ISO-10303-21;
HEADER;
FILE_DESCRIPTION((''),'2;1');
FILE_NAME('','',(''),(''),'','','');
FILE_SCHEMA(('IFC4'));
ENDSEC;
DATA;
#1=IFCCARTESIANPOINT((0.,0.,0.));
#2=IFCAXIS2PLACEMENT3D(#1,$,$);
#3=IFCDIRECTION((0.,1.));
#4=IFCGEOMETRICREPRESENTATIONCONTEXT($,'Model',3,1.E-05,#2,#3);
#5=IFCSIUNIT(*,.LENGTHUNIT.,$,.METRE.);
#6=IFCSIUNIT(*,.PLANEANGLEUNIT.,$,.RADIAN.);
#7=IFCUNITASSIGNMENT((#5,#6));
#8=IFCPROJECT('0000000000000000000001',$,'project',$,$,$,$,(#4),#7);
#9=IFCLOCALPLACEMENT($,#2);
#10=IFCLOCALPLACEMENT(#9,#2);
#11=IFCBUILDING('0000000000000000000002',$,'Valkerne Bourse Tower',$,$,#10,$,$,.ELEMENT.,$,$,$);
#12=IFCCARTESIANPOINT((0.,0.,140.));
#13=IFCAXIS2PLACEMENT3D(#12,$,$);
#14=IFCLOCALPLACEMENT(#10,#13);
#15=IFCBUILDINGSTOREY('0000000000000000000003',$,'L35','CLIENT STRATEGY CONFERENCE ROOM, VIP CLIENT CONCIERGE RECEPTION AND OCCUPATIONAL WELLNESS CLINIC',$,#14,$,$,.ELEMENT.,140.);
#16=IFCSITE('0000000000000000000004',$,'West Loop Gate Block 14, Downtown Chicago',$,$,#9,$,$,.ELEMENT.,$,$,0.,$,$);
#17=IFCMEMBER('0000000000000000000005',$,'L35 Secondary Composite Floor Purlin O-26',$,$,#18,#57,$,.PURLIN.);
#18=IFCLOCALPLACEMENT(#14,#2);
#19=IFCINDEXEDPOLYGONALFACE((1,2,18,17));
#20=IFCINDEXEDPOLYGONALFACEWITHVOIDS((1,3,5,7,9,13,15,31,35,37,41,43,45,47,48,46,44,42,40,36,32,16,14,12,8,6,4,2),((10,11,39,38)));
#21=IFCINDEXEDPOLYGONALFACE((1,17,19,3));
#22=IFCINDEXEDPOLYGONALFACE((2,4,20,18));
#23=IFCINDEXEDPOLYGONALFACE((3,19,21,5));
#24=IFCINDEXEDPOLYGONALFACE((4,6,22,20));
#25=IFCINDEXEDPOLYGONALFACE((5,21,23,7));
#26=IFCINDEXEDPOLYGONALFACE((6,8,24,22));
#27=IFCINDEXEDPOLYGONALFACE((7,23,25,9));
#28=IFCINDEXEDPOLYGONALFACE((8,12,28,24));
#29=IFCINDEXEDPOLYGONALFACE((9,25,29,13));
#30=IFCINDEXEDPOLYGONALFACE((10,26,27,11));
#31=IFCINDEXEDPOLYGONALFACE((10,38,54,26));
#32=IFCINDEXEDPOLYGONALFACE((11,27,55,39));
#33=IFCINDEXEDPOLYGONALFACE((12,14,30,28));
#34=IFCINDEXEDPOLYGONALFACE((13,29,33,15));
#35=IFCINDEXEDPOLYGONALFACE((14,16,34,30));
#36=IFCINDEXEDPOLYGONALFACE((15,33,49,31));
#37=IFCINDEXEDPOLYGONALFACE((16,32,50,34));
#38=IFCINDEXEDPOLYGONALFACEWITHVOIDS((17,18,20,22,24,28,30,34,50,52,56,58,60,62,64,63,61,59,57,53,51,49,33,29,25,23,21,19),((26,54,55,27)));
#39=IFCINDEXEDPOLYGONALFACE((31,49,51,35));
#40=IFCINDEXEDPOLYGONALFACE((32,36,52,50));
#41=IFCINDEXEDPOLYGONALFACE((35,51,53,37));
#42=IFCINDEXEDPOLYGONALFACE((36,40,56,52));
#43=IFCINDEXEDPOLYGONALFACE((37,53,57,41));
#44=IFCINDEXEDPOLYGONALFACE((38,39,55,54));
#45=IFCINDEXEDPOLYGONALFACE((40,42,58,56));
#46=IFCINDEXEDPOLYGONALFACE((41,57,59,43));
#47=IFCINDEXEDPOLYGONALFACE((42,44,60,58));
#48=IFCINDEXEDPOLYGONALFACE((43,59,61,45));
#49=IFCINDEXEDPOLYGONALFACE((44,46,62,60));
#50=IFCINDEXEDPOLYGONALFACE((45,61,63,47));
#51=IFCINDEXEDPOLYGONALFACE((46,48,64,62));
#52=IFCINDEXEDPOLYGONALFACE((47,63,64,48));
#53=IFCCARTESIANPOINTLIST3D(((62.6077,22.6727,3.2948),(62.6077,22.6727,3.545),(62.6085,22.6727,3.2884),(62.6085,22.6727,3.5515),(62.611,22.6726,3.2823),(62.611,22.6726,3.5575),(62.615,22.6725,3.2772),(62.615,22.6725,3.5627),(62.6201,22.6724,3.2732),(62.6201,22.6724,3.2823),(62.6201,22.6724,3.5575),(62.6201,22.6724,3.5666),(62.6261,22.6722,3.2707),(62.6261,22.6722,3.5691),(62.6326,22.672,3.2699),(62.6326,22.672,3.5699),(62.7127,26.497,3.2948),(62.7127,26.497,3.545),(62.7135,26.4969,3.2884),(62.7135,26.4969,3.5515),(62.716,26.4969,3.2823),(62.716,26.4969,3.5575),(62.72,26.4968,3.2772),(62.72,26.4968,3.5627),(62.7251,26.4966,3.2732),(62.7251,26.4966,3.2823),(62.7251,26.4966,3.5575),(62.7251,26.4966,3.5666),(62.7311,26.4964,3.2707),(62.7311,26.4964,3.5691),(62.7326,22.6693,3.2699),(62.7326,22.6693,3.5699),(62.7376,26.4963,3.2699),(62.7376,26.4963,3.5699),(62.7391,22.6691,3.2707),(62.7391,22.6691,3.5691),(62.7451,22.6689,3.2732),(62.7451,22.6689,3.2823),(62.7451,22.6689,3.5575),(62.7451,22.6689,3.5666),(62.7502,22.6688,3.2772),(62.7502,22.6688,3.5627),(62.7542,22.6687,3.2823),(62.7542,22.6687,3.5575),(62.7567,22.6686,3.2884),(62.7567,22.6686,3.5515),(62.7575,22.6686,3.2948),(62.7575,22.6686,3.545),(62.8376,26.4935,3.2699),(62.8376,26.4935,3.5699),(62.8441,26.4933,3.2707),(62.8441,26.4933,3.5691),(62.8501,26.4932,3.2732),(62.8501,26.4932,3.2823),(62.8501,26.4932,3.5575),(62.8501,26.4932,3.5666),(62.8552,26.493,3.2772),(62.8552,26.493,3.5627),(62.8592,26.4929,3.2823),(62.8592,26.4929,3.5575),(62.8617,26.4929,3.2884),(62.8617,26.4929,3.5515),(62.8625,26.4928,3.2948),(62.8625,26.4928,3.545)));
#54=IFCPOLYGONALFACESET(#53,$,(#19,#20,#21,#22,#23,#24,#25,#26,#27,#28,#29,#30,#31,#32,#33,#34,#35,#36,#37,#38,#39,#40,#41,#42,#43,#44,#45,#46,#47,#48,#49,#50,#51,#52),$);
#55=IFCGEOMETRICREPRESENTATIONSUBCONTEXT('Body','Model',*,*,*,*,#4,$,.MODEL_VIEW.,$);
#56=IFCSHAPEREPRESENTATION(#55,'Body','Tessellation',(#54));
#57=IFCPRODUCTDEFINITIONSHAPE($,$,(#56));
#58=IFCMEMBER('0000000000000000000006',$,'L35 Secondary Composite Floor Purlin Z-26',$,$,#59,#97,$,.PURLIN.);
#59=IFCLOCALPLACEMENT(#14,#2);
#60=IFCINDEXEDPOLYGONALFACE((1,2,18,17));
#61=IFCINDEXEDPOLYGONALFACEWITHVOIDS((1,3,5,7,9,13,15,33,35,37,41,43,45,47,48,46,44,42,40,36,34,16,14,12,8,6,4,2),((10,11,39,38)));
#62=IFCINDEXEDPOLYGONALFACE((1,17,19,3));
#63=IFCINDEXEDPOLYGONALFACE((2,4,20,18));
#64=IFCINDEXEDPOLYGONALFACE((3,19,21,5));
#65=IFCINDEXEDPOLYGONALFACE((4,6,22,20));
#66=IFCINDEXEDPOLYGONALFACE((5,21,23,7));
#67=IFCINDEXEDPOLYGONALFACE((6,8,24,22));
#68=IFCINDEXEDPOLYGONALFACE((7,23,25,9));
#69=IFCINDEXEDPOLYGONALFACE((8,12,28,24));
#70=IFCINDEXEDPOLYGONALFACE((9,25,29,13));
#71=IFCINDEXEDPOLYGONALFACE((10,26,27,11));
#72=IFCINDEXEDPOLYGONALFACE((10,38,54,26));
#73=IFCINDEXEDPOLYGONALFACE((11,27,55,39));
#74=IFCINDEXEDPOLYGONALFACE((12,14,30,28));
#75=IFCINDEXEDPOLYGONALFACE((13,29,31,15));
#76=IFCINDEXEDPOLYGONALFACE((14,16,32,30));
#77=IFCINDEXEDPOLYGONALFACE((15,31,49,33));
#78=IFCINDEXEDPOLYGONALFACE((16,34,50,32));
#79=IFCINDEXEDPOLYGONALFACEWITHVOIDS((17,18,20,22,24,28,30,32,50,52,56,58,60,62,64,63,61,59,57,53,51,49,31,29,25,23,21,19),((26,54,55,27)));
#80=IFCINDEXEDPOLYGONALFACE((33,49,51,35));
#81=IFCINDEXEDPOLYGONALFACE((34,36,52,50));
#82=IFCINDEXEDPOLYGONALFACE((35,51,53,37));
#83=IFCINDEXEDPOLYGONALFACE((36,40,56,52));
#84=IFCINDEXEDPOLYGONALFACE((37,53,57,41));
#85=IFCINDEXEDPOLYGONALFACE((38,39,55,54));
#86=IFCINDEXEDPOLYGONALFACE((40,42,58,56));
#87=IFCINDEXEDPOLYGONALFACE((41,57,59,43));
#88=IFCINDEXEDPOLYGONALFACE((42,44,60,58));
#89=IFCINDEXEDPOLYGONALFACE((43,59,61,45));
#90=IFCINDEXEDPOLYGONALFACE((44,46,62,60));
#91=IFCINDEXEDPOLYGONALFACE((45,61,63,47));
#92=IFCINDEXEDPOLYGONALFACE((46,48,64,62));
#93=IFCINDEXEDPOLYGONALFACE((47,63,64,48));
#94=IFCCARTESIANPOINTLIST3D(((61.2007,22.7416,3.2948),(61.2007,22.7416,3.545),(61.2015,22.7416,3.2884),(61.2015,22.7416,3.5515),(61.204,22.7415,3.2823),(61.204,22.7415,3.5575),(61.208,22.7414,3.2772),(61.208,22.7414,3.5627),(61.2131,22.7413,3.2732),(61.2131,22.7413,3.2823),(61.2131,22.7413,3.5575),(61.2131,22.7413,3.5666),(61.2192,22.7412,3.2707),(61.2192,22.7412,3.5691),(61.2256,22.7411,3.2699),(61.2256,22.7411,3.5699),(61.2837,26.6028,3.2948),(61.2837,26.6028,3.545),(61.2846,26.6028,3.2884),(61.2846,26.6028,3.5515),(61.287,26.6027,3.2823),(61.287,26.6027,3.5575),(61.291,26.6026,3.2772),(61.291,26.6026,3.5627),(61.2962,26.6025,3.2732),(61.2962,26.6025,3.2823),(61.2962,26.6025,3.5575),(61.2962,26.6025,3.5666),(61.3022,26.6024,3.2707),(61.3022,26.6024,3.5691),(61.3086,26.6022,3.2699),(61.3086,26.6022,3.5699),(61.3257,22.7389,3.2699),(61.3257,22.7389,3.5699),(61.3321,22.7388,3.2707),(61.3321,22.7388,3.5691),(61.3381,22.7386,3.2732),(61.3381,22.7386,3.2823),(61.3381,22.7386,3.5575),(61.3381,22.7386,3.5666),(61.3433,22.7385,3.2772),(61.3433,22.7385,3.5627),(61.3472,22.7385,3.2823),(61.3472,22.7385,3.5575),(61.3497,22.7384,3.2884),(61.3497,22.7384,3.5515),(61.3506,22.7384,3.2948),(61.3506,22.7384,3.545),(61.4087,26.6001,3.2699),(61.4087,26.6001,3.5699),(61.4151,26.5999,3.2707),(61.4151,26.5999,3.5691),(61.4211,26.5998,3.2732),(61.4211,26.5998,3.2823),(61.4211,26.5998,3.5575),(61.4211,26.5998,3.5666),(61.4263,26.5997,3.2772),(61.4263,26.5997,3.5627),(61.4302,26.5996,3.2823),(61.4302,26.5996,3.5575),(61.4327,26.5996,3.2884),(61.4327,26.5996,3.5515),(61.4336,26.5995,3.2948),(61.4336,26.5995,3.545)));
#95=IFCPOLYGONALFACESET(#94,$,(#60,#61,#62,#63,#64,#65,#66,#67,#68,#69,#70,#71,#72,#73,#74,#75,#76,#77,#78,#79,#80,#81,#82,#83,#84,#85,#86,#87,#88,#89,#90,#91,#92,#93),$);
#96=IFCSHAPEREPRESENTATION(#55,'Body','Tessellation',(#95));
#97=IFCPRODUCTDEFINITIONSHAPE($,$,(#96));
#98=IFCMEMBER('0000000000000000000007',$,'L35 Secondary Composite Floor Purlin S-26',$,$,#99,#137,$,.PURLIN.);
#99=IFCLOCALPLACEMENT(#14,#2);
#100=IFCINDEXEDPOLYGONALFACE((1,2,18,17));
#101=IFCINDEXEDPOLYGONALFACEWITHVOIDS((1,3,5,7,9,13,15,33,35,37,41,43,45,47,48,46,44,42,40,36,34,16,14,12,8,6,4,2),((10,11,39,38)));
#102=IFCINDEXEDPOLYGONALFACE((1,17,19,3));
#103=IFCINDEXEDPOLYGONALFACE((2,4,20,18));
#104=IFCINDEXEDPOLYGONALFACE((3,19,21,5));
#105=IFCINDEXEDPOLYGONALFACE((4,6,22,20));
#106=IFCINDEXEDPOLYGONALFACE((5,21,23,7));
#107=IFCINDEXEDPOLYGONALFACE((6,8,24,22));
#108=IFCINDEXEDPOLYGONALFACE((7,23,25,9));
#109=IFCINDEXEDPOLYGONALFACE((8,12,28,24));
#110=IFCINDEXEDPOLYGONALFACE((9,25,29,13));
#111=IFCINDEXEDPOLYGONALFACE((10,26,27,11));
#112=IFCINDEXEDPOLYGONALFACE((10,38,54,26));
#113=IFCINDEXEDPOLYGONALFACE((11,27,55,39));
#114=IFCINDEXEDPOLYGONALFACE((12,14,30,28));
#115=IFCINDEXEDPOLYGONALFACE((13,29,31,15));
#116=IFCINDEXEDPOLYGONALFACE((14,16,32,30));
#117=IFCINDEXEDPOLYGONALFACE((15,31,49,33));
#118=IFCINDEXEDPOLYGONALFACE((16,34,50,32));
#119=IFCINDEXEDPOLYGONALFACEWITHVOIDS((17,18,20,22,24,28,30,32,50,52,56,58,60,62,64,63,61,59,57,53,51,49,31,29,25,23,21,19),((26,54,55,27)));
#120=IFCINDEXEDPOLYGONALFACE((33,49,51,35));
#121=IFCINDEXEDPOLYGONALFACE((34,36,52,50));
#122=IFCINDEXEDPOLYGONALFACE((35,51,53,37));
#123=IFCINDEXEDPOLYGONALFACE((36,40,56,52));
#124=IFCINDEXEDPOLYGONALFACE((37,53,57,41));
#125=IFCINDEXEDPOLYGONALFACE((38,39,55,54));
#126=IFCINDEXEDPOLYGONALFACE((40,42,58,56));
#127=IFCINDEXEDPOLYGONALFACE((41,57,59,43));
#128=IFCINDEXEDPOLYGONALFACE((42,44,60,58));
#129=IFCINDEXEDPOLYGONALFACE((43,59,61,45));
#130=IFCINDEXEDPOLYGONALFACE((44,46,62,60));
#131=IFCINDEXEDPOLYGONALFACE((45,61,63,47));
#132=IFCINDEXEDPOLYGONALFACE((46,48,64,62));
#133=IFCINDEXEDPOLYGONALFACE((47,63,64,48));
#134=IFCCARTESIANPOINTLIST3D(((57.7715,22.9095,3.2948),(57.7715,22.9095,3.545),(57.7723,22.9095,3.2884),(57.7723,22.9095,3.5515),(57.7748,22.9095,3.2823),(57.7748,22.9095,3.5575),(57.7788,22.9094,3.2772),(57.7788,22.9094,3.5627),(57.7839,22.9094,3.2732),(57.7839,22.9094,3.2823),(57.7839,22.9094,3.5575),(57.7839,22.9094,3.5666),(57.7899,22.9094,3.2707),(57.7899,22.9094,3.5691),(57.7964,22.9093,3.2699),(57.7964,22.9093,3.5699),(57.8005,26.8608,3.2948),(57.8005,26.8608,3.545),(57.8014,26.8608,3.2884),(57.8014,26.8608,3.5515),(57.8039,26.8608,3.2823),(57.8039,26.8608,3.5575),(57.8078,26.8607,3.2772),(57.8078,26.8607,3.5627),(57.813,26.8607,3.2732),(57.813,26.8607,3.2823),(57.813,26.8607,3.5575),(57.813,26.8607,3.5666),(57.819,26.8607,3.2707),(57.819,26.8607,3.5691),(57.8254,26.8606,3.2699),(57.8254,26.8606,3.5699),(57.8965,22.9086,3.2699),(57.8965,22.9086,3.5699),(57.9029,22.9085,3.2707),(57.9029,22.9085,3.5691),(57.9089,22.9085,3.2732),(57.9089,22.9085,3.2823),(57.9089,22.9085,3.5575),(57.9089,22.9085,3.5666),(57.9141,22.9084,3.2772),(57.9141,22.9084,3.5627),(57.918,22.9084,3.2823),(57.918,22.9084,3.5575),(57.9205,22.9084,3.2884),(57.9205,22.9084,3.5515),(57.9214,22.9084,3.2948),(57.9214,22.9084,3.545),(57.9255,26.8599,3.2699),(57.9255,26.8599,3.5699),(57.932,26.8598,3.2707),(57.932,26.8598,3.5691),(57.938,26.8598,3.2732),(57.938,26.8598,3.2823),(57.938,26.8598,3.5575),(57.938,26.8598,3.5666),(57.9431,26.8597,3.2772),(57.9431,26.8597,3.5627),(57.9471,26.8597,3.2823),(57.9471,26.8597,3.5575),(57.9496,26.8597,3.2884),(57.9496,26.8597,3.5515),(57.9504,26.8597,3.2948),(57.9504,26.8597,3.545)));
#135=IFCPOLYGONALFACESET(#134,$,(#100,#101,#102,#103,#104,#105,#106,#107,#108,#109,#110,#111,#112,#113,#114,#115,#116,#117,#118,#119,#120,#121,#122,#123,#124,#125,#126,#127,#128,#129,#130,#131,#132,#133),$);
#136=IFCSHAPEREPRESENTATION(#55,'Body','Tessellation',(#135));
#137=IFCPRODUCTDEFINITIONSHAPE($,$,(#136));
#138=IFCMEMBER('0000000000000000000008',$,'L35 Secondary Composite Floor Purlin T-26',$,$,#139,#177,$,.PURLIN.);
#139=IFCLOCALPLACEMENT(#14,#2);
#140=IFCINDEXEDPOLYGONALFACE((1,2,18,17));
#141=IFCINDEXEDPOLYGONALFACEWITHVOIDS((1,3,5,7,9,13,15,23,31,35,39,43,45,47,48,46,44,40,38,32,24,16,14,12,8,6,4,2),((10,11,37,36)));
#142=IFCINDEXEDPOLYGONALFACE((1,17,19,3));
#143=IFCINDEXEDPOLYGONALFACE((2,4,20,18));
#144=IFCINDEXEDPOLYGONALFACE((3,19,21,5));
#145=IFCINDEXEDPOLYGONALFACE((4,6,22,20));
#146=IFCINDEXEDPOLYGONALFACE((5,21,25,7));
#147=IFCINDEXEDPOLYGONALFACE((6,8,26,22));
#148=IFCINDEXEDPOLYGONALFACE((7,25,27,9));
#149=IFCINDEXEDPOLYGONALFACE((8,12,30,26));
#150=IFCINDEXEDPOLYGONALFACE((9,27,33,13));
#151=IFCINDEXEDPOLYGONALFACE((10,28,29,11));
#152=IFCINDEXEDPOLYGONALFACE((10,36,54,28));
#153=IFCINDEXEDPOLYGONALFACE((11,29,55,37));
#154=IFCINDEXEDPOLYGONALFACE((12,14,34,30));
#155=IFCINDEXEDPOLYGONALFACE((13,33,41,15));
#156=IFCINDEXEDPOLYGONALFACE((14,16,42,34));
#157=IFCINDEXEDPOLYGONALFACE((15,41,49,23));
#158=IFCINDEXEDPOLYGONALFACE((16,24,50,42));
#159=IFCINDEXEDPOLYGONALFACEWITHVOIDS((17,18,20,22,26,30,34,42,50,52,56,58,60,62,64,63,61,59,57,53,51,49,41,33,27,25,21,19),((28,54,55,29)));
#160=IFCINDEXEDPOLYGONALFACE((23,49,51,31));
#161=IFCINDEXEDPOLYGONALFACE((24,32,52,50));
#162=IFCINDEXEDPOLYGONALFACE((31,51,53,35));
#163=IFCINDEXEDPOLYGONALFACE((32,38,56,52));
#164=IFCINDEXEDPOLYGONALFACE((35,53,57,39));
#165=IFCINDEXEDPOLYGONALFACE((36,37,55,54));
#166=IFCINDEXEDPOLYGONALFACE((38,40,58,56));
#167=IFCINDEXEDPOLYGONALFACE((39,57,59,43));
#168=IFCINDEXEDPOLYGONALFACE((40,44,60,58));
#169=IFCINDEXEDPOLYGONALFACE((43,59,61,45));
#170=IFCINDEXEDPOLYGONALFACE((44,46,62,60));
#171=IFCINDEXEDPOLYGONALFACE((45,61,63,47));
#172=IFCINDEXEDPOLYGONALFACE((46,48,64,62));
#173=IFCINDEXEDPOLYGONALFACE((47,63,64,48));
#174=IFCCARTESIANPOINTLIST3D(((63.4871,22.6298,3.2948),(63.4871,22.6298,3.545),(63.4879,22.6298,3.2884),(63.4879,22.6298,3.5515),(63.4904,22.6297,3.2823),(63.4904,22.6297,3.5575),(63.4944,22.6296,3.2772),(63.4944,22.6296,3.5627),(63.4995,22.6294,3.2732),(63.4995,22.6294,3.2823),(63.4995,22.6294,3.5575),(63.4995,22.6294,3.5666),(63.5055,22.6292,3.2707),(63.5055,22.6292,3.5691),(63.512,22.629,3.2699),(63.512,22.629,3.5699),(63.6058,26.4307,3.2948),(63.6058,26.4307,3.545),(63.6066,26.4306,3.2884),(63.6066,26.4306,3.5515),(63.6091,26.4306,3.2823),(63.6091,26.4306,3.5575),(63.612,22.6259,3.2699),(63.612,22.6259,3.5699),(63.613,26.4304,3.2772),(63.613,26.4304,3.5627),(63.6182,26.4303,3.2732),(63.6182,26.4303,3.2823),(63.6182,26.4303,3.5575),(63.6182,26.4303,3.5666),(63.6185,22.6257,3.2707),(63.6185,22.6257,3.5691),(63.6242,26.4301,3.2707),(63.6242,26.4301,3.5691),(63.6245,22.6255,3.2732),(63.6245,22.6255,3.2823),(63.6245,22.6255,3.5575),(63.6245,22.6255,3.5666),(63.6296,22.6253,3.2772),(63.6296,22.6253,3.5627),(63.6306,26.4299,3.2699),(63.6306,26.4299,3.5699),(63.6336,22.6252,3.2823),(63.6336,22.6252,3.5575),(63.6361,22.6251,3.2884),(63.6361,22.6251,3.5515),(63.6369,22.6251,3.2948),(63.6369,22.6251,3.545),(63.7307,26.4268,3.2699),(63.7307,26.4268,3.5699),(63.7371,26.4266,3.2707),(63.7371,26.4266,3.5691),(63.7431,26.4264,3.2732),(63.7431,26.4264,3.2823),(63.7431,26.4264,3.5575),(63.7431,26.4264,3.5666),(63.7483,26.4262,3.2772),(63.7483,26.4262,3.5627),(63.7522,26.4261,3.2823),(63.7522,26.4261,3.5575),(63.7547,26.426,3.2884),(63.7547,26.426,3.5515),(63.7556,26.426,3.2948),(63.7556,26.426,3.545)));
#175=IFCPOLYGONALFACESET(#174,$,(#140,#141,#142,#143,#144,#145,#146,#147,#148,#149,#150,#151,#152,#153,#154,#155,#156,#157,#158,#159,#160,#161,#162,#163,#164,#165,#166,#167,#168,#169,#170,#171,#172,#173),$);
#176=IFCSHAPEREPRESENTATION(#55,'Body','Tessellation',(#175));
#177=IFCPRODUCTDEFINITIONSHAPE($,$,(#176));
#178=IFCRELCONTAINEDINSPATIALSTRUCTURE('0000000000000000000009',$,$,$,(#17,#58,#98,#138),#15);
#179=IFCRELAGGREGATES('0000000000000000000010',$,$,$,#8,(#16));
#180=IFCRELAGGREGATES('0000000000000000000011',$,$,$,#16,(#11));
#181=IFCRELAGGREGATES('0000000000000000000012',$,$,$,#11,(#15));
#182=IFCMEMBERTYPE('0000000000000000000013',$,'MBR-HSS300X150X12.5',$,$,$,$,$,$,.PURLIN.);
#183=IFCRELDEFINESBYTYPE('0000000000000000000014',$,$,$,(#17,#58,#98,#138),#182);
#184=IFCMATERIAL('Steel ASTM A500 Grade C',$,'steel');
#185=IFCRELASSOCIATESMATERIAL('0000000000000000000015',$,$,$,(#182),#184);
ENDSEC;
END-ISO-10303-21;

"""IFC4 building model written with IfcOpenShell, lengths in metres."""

from ifc_helpers import new_model, si_unit, direction, frame, origin, origin_2d, place, context, subcontext, project, spatial, hollow_rectangle, extrude, material, material_profile, profile_set, type_object, element, save


model = new_model("IFC4")

# Units and contexts
model_context = context("Model", 3, precision=1e-05, world=origin(), true_north=direction((0.0, 1.0)))
body_context = subcontext(model_context, "Body", "Model", "MODEL_VIEW")
ifc_project = project(units=[si_unit("LENGTHUNIT", "METRE"), si_unit("PLANEANGLEUNIT", "RADIAN")], contexts=[model_context])

# Site, building, storey
site_placement = place(None, origin())
site = spatial("IfcSite", under=ifc_project, at=site_placement, Name="West Loop Gate Block 14, Downtown Chicago", CompositionType="ELEMENT", RefElevation=0.0)
building_placement = place(site_placement, origin())
building = spatial("IfcBuilding", under=site, at=building_placement, Name="Valkerne Bourse Tower", CompositionType="ELEMENT")
storey_placement = place(building_placement, frame((0.0, 0.0, 140.0)))
storey = spatial("IfcBuildingStorey", under=building, at=storey_placement, Name="L35", Description="CLIENT STRATEGY CONFERENCE ROOM, VIP CLIENT CONCIERGE RECEPTION AND OCCUPATIONAL WELLNESS CLINIC", CompositionType="ELEMENT", Elevation=140.0)

# Members
ifc_material_1 = material(Name="Steel ASTM A500 Grade C", Category="steel")
ifc_material_profile_1 = material_profile(ifc_material_1, hollow_rectangle(XDim=0.1499, YDim=0.3, WallThickness=0.0125, OuterFilletRadius=0.0249, at=origin_2d()), Name="HSS300X150X12.5")
ifc_profile_set_1 = profile_set([ifc_material_profile_1], Name="Steel ASTM A500 Grade C")
member_type_1 = type_object("IfcMemberType", Name="MBR-HSS300X150X12.5", PredefinedType="PURLIN", material=ifc_profile_set_1)
member_1_placement = place(storey_placement, frame((62.6826, 22.6707, 3.4199), z_axis=(0.027441, 0.999623, 0.0), x_axis=(-0.999623, 0.027441, 0.0)))
element("IfcMember", 1, at=member_1_placement, inside=storey, type_object=member_type_1, Name="L35 Secondary Composite Floor Purlin O-26", PredefinedType="PURLIN", context=body_context, shape_type="SweptSolid", body=[
    extrude(hollow_rectangle(XDim=0.1499, YDim=0.3, WallThickness=0.0125, OuterFilletRadius=0.0249, at=origin_2d()), origin(), (0.0, 0.0, 1.0), 3.8257),
])
member_2_placement = place(storey_placement, frame((61.2756, 22.74, 3.4199), z_axis=(0.021494, 0.999769, 0.0), x_axis=(-0.999769, 0.021494, 0.0)))
element("IfcMember", 2, at=member_2_placement, inside=storey, type_object=member_type_1, Name="L35 Secondary Composite Floor Purlin Z-26", PredefinedType="PURLIN", context=body_context, shape_type="SweptSolid", body=[
    extrude(hollow_rectangle(XDim=0.1499, YDim=0.3, WallThickness=0.0125, OuterFilletRadius=0.0249, at=origin_2d()), origin(), (0.0, 0.0, 1.0), 3.8621),
])
member_3_placement = place(storey_placement, frame((57.8464, 22.9089, 3.4199), z_axis=(0.007352, 0.999973, 0.0), x_axis=(-0.999973, 0.007352, 0.0)))
element("IfcMember", 3, at=member_3_placement, inside=storey, type_object=member_type_1, Name="L35 Secondary Composite Floor Purlin S-26", PredefinedType="PURLIN", context=body_context, shape_type="SweptSolid", body=[
    extrude(hollow_rectangle(XDim=0.1499, YDim=0.3, WallThickness=0.0125, OuterFilletRadius=0.0249, at=origin_2d()), origin(), (0.0, 0.0, 1.0), 3.9514),
])
for number, where, z_axis, x_axis, name in (
    (4, (63.562, 22.6274, 3.4199), (0.031203, 0.999513, 0.0), (-0.999513, 0.031203, 0.0), "L35 Secondary Composite Floor Purlin T-26"),
):
    element("IfcMember", number, at=place(storey_placement, frame(where, z_axis=z_axis, x_axis=x_axis)), inside=storey, type_object=member_type_1, Name=name, PredefinedType="PURLIN", context=body_context, shape_type="SweptSolid", body=[
        extrude(hollow_rectangle(XDim=0.1499, YDim=0.3, WallThickness=0.0125, OuterFilletRadius=0.0249, at=origin_2d()), origin(), (0.0, 0.0, 1.0), 3.8027),
    ])

save(model, "model.ifc")
